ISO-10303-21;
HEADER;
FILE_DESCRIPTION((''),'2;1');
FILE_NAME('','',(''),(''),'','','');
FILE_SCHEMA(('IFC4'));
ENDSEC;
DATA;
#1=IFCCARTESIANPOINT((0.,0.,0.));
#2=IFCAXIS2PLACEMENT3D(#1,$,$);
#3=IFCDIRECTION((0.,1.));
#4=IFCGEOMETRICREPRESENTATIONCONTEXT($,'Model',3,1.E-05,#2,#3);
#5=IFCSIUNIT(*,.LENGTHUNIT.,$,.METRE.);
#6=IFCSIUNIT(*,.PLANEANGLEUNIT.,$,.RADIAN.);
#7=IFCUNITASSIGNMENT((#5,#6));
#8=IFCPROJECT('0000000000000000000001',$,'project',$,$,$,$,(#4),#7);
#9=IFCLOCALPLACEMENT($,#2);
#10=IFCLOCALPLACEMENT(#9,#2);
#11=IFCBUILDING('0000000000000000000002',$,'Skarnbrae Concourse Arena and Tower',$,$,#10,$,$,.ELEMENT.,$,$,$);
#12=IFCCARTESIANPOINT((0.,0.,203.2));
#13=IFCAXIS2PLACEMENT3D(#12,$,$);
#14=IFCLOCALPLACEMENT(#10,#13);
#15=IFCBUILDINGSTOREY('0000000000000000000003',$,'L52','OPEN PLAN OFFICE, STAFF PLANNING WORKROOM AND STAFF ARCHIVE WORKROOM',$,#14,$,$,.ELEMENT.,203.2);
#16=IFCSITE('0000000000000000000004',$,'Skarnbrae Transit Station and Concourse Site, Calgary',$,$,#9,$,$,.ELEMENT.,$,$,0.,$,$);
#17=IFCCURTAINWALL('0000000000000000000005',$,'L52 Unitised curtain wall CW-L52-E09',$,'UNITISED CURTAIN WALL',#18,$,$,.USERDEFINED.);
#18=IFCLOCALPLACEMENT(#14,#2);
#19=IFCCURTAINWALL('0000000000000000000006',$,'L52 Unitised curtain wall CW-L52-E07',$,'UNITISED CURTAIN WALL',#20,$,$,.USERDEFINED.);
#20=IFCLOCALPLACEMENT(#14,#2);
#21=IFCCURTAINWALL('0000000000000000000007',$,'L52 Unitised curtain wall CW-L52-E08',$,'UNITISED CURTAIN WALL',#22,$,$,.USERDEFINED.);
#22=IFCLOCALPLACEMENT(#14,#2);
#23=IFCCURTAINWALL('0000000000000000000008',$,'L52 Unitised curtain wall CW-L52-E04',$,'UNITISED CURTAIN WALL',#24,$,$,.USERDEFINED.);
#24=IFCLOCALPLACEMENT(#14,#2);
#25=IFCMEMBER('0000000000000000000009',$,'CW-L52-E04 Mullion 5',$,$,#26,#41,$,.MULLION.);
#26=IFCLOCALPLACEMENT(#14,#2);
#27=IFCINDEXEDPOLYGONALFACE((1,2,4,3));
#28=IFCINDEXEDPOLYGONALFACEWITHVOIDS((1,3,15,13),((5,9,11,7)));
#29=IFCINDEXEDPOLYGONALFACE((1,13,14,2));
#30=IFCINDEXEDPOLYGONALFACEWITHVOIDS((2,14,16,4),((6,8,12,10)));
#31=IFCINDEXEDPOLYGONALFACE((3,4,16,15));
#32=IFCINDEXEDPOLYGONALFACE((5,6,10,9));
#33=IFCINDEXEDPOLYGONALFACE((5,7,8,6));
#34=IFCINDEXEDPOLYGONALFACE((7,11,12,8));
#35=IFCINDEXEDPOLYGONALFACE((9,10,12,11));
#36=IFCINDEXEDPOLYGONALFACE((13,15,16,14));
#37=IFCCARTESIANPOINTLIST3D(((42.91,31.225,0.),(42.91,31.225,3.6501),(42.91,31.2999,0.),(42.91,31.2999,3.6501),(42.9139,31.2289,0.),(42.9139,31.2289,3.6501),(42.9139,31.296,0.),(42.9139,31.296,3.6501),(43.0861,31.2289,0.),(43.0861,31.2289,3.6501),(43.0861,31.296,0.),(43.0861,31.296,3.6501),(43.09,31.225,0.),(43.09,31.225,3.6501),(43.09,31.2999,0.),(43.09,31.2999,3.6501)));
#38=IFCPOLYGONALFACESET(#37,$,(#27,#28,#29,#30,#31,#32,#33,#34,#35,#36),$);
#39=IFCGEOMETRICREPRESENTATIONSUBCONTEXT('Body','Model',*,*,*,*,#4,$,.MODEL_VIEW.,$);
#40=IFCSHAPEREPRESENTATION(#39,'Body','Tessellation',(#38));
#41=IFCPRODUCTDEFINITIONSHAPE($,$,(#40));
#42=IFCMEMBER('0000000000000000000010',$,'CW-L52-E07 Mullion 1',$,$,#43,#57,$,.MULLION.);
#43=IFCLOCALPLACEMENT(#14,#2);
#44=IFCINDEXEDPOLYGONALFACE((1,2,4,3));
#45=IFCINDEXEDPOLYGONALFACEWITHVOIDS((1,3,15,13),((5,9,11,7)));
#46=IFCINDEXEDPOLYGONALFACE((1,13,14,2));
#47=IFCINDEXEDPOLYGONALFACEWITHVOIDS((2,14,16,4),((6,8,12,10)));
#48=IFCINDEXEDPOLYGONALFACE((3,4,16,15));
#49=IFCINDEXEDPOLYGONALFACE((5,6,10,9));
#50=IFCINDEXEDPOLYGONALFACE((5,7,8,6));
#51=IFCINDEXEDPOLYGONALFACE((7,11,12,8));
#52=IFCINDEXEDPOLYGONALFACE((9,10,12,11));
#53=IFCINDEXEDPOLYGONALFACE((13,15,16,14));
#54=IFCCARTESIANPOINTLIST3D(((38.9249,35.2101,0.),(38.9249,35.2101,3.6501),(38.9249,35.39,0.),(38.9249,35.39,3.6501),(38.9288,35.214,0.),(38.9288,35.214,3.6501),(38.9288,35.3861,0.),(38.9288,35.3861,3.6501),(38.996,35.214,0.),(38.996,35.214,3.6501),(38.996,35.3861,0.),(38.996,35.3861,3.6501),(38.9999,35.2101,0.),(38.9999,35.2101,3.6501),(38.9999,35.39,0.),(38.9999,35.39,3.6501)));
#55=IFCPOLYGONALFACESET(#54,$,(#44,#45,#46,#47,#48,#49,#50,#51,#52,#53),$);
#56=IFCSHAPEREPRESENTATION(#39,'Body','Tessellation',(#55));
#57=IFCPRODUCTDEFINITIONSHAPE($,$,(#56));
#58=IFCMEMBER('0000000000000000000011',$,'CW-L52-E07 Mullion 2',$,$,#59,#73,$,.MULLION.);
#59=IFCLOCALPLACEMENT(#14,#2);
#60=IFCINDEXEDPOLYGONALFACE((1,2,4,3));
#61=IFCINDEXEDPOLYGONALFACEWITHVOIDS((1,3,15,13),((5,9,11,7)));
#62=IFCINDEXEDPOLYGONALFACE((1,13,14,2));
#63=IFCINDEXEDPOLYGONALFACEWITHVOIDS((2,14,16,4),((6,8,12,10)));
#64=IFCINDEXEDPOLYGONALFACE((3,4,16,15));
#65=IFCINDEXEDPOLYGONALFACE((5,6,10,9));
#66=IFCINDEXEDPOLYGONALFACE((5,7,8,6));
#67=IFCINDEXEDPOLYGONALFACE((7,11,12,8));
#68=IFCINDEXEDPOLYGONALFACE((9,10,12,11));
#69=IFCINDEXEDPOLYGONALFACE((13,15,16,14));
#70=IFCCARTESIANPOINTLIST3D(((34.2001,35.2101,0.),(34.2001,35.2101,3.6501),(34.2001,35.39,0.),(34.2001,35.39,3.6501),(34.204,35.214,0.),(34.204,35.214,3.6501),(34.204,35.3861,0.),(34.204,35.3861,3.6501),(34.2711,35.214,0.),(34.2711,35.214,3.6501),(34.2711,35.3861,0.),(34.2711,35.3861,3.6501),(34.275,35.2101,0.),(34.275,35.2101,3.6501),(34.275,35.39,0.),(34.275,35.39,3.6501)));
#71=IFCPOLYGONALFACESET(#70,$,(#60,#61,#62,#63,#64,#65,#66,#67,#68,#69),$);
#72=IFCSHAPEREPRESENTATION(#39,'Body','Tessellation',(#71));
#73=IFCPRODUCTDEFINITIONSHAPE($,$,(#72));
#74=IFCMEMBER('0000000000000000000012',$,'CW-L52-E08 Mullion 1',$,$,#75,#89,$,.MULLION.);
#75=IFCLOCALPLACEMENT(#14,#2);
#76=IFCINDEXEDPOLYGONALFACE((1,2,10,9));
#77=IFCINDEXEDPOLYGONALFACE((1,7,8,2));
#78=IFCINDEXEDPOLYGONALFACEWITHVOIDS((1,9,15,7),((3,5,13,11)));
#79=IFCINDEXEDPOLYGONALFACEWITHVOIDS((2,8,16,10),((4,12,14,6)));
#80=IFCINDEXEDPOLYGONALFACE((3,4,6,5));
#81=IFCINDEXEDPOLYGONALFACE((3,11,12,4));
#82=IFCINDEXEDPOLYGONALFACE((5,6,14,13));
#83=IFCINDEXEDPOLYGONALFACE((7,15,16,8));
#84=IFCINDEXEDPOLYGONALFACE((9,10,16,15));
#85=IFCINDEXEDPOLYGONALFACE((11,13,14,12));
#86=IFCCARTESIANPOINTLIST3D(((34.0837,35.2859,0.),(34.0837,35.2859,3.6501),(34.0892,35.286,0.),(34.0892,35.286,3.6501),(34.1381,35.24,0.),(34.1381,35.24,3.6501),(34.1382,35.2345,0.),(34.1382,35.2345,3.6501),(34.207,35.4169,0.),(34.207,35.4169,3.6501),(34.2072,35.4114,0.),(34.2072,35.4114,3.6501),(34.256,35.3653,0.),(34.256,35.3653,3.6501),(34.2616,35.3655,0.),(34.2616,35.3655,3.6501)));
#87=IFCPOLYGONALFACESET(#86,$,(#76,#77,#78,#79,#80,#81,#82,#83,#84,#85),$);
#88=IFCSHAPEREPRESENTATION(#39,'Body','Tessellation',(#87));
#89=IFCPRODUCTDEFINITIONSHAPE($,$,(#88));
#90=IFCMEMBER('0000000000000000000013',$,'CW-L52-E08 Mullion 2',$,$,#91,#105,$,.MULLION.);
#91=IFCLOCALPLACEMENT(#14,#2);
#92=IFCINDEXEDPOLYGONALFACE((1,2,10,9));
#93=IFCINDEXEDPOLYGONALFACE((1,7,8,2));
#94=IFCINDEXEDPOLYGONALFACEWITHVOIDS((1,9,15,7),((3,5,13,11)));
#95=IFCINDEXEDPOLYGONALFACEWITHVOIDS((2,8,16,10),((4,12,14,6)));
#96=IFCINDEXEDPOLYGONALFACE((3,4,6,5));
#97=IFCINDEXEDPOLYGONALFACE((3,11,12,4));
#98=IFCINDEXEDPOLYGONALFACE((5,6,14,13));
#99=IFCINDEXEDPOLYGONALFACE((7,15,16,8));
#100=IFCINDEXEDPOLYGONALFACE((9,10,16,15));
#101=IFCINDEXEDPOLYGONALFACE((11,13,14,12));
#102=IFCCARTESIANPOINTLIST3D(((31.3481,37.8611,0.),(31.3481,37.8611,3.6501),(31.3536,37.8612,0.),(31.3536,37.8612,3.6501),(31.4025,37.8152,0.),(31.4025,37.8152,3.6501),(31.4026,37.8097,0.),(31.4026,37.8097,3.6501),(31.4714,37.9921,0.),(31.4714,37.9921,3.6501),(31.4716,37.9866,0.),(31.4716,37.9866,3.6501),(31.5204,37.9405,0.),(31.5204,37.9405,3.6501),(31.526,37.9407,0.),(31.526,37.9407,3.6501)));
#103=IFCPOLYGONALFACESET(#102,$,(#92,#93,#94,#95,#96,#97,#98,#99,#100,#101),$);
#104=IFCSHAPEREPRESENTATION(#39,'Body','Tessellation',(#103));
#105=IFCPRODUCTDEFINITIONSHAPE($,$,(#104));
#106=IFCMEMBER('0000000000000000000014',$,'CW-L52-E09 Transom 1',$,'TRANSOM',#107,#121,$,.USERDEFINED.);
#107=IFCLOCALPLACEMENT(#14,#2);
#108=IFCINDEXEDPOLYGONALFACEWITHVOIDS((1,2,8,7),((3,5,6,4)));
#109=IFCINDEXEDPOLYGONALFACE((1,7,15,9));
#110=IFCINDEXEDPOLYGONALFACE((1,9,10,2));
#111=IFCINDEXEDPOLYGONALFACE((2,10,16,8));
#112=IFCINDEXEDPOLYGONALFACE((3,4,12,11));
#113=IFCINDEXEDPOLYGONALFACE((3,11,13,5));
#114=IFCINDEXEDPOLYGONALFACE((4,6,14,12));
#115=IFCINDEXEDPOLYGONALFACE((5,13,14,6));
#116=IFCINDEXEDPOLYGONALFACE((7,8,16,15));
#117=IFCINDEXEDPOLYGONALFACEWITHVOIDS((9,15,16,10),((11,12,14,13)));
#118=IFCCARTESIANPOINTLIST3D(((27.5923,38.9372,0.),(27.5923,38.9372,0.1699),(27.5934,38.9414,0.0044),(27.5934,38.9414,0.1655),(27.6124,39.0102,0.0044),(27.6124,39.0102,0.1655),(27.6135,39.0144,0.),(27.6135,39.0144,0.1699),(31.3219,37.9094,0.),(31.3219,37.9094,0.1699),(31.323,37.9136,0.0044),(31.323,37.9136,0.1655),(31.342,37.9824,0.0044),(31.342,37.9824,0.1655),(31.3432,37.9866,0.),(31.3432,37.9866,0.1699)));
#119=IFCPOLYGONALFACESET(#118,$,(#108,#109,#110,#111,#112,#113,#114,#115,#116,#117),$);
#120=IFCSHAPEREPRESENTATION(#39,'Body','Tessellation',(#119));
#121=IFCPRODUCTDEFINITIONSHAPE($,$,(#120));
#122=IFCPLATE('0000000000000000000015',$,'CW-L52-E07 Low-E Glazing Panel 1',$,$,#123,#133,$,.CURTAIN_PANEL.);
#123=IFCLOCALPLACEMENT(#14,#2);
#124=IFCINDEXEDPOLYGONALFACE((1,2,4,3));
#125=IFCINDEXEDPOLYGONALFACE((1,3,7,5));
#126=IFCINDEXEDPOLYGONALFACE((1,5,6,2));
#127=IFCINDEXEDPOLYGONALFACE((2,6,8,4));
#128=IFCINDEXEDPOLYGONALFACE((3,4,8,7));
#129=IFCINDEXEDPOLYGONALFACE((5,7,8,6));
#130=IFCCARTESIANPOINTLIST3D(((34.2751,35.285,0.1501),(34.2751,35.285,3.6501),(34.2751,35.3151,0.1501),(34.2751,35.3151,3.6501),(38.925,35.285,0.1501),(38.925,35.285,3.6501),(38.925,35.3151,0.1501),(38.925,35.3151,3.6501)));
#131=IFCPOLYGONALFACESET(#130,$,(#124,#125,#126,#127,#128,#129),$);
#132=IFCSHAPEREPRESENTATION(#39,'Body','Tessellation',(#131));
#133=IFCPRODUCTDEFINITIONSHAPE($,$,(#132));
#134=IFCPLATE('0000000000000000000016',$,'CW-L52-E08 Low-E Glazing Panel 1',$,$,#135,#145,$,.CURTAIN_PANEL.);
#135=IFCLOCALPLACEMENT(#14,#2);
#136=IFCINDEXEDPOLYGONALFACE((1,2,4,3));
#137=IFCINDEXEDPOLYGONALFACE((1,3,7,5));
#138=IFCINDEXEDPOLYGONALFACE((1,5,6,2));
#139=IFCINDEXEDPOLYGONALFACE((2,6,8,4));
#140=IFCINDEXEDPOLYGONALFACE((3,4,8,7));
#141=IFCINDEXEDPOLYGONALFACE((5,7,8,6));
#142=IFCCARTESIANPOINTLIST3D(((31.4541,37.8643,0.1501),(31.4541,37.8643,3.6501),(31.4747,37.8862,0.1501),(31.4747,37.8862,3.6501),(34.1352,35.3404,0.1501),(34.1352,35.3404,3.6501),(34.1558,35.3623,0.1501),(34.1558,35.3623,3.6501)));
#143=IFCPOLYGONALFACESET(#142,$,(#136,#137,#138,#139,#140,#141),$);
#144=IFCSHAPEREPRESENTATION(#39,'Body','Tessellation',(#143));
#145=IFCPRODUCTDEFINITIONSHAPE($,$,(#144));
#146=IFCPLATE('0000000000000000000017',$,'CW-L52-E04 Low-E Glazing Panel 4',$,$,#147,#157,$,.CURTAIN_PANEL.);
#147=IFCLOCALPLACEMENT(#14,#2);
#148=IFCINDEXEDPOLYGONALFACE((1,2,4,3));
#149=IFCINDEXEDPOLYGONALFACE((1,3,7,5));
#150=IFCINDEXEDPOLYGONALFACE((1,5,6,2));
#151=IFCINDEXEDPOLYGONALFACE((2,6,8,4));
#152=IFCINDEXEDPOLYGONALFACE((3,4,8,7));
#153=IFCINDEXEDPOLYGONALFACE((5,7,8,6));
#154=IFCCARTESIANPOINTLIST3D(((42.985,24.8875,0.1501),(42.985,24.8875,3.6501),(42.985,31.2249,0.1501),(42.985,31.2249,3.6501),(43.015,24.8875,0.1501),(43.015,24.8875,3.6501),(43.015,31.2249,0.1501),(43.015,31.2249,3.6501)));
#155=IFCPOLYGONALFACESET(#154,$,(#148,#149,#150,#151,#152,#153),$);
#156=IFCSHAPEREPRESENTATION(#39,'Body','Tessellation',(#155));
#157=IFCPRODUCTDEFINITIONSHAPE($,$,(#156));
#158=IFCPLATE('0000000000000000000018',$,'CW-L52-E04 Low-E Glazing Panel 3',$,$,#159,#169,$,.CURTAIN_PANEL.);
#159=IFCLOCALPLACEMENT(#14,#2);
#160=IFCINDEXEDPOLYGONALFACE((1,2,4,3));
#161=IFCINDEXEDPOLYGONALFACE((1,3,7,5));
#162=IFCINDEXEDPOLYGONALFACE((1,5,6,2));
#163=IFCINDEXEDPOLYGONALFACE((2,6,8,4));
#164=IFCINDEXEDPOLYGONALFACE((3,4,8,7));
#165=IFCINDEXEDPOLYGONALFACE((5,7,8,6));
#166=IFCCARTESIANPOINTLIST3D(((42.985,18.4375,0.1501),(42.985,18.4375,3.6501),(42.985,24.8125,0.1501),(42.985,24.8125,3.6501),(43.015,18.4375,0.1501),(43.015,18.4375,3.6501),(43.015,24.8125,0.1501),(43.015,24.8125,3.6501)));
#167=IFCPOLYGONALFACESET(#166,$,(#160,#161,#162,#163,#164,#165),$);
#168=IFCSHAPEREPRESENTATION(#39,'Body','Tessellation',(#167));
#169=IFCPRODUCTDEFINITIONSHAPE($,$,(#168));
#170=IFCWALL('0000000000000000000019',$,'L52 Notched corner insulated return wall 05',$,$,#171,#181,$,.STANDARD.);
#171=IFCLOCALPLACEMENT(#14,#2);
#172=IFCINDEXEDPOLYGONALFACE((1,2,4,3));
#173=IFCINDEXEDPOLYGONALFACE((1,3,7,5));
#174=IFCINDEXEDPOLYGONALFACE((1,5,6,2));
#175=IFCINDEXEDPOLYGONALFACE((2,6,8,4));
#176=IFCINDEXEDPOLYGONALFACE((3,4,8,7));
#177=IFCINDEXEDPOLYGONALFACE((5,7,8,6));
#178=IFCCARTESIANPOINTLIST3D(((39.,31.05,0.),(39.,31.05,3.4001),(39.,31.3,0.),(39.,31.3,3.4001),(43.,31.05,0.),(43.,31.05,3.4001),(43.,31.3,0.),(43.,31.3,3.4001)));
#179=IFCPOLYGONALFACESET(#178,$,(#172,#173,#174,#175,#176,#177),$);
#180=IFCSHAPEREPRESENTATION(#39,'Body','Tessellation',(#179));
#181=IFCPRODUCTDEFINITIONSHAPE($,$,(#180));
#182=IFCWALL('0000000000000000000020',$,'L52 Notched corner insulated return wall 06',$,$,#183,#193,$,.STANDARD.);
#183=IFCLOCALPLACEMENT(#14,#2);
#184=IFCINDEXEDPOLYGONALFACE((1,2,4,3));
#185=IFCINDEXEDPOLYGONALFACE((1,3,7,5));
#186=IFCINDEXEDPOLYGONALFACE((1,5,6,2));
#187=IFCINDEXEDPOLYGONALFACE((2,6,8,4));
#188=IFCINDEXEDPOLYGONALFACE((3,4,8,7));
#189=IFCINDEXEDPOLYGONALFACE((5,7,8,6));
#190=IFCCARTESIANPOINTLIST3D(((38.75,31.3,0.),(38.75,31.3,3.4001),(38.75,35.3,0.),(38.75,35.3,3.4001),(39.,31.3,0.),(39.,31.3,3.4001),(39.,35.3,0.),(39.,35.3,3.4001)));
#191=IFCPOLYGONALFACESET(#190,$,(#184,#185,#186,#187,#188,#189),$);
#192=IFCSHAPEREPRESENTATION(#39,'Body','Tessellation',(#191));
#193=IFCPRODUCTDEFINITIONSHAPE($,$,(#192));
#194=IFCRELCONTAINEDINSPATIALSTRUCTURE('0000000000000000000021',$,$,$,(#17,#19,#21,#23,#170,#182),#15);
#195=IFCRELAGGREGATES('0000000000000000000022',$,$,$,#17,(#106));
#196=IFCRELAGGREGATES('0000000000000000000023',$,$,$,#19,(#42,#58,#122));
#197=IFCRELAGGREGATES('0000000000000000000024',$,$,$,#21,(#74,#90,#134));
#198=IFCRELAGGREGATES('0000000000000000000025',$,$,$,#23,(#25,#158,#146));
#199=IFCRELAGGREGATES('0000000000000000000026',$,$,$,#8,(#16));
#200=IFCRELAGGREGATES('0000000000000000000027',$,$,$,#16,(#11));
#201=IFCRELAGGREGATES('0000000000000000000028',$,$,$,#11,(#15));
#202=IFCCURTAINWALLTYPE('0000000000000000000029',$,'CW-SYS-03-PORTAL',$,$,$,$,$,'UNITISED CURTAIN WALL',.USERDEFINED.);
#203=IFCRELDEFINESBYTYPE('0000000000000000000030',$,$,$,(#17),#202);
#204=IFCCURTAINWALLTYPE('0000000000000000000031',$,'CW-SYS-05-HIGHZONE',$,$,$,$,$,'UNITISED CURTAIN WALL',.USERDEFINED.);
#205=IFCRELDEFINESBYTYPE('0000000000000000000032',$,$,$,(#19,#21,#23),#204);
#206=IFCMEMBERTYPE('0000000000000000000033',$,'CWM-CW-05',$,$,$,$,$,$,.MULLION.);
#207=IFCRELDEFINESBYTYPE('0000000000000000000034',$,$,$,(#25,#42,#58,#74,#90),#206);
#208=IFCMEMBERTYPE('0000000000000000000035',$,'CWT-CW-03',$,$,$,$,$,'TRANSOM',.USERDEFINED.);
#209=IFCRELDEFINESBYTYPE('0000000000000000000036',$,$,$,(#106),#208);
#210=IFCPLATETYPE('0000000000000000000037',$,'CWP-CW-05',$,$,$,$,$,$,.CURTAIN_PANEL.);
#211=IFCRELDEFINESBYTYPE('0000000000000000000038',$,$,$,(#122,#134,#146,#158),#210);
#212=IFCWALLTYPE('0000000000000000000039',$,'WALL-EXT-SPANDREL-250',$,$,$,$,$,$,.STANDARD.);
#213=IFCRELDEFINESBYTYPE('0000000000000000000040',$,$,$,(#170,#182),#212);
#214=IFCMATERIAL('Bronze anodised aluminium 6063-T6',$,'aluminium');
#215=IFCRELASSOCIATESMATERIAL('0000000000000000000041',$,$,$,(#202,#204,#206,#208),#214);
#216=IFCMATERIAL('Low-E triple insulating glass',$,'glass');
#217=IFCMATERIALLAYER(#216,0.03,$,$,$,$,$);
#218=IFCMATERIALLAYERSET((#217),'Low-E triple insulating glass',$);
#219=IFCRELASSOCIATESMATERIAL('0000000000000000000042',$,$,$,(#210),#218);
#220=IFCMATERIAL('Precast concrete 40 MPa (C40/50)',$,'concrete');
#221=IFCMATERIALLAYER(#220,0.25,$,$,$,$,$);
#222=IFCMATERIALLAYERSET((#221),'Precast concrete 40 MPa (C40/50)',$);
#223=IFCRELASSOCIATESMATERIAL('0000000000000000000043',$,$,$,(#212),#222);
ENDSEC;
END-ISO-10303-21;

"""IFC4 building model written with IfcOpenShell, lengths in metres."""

from ifc_helpers import new_model, si_unit, direction, frame, frame_2d, origin, origin_2d, place, context, subcontext, project, spatial, rectangle, hollow_rectangle, extrude, source, transform, mapped, material, layer, layer_set, material_profile, profile_set, type_object, element, aggregate, save


model = new_model("IFC4")

# Units and contexts
model_context = context("Model", 3, precision=1e-05, world=origin(), true_north=direction((0.0, 1.0)))
body_context = subcontext(model_context, "Body", "Model", "MODEL_VIEW")
ifc_project = project(units=[si_unit("LENGTHUNIT", "METRE"), si_unit("PLANEANGLEUNIT", "RADIAN")], contexts=[model_context])

# Site, building, storey
site_placement = place(None, origin())
site = spatial("IfcSite", under=ifc_project, at=site_placement, Name="Skarnbrae Transit Station and Concourse Site, Calgary", CompositionType="ELEMENT", RefElevation=0.0)
building_placement = place(site_placement, origin())
building = spatial("IfcBuilding", under=site, at=building_placement, Name="Skarnbrae Concourse Arena and Tower", CompositionType="ELEMENT")
storey_placement = place(building_placement, frame((0.0, 0.0, 203.2)))
storey = spatial("IfcBuildingStorey", under=building, at=storey_placement, Name="L52", Description="OPEN PLAN OFFICE, STAFF PLANNING WORKROOM AND STAFF ARCHIVE WORKROOM", CompositionType="ELEMENT", Elevation=203.2)

# Curtain walls
ifc_material_1 = material(Name="Bronze anodised aluminium 6063-T6", Category="aluminium")
curtain_wall_type_1 = type_object("IfcCurtainWallType", Name="CW-SYS-03-PORTAL", ElementType="UNITISED CURTAIN WALL", PredefinedType="USERDEFINED", material=ifc_material_1)
curtain_wall_1_placement = place(storey_placement, origin())
curtain_wall_1 = element("IfcCurtainWall", 1, at=curtain_wall_1_placement, inside=storey, type_object=curtain_wall_type_1, Name="L52 Unitised curtain wall CW-L52-E09", ObjectType="UNITISED CURTAIN WALL", PredefinedType="USERDEFINED")
curtain_wall_type_2 = type_object("IfcCurtainWallType", Name="CW-SYS-05-HIGHZONE", ElementType="UNITISED CURTAIN WALL", PredefinedType="USERDEFINED", material=ifc_material_1)
curtain_wall_2_placement = place(storey_placement, origin())
curtain_wall_2 = element("IfcCurtainWall", 2, at=curtain_wall_2_placement, inside=storey, type_object=curtain_wall_type_2, Name="L52 Unitised curtain wall CW-L52-E07", ObjectType="UNITISED CURTAIN WALL", PredefinedType="USERDEFINED")
curtain_wall_3_placement = place(storey_placement, origin())
curtain_wall_3 = element("IfcCurtainWall", 3, at=curtain_wall_3_placement, inside=storey, type_object=curtain_wall_type_2, Name="L52 Unitised curtain wall CW-L52-E08", ObjectType="UNITISED CURTAIN WALL", PredefinedType="USERDEFINED")

# Curtain wall, member
curtain_wall_4_placement = place(storey_placement, origin())
curtain_wall_4 = element("IfcCurtainWall", 4, at=curtain_wall_4_placement, inside=storey, type_object=curtain_wall_type_2, Name="L52 Unitised curtain wall CW-L52-E04", ObjectType="UNITISED CURTAIN WALL", PredefinedType="USERDEFINED")
ifc_material_profile_1 = material_profile(ifc_material_1, hollow_rectangle(XDim=0.075, YDim=0.1799, WallThickness=0.0039, at=origin_2d()), Name="ALU-MULL-75X180")
ifc_profile_set_1 = profile_set([ifc_material_profile_1], Name="Bronze anodised aluminium 6063-T6")
member_type_1 = type_object("IfcMemberType", Name="CWM-CW-05", PredefinedType="MULLION", material=ifc_profile_set_1)
shared_shape_1 = source(origin(), body_context, "Body", "SweptSolid", [
    extrude(hollow_rectangle(XDim=0.075, YDim=0.1799, WallThickness=0.0039, at=origin_2d()), origin(), (0.0, 0.0, 1.0), 3.6501),
])
member_1_placement = place(storey_placement, frame((43.0, 31.2625, 0.0), z_axis=(0.0, 0.0, 1.0), x_axis=(0.0, 1.0, 0.0)))
member_1 = element("IfcMember", 5, at=member_1_placement, type_object=member_type_1, Name="CW-L52-E04 Mullion 5", PredefinedType="MULLION", context=body_context, shape_type="MappedRepresentation", body=[
    mapped(shared_shape_1, transform((0.0, 0.0, 0.0))),
])

# Members
member_2_placement = place(storey_placement, frame((38.9624, 35.3, 0.0), z_axis=(0.0, 0.0, 1.0), x_axis=(-1.0, 0.0, 0.0)))
member_2 = element("IfcMember", 6, at=member_2_placement, type_object=member_type_1, Name="CW-L52-E07 Mullion 1", PredefinedType="MULLION", context=body_context, shape_type="MappedRepresentation", body=[
    mapped(shared_shape_1, transform((0.0, 0.0, 0.0))),
])
member_3_placement = place(storey_placement, frame((34.2375, 35.3, 0.0), z_axis=(0.0, 0.0, 1.0), x_axis=(-1.0, 0.0, 0.0)))
member_3 = element("IfcMember", 7, at=member_3_placement, type_object=member_type_1, Name="CW-L52-E07 Mullion 2", PredefinedType="MULLION", context=body_context, shape_type="MappedRepresentation", body=[
    mapped(shared_shape_1, transform((0.0, 0.0, 0.0))),
])
member_4_placement = place(storey_placement, frame((34.1726, 35.3257, 0.0), z_axis=(0.0, 0.0, 1.0), x_axis=(-0.728131, 0.685438, 0.0)))
member_4 = element("IfcMember", 8, at=member_4_placement, type_object=member_type_1, Name="CW-L52-E08 Mullion 1", PredefinedType="MULLION", context=body_context, shape_type="MappedRepresentation", body=[
    mapped(shared_shape_1, transform((0.0, 0.0, 0.0))),
])
member_5_placement = place(storey_placement, frame((31.437, 37.9009, 0.0), z_axis=(0.0, 0.0, 1.0), x_axis=(-0.728131, 0.685438, 0.0)))
member_5 = element("IfcMember", 9, at=member_5_placement, type_object=member_type_1, Name="CW-L52-E08 Mullion 2", PredefinedType="MULLION", context=body_context, shape_type="MappedRepresentation", body=[
    mapped(shared_shape_1, transform((0.0, 0.0, 0.0))),
])
ifc_material_profile_2 = material_profile(ifc_material_1, hollow_rectangle(XDim=0.0801, YDim=0.1699, WallThickness=0.0044, at=origin_2d()), Name="ALU-TRAN-80X170")
ifc_profile_set_2 = profile_set([ifc_material_profile_2], Name="Bronze anodised aluminium 6063-T6")
member_type_2 = type_object("IfcMemberType", Name="CWT-CW-03", ElementType="TRANSOM", PredefinedType="USERDEFINED", material=ifc_profile_set_2)
shared_shape_2 = source(origin(), body_context, "Body", "SweptSolid", [
    extrude(hollow_rectangle(XDim=0.0801, YDim=0.1699, WallThickness=0.0044, at=origin_2d()), origin(), (0.0, 0.0, 1.0), 3.8687),
])
member_6_placement = place(storey_placement, frame((31.3325, 37.948, 0.085), z_axis=(-0.964063, 0.265674, 0.0), x_axis=(-0.265674, -0.964063, 0.0)))
member_6 = element("IfcMember", 10, at=member_6_placement, type_object=member_type_2, Name="CW-L52-E09 Transom 1", ObjectType="TRANSOM", PredefinedType="USERDEFINED", context=body_context, shape_type="MappedRepresentation", body=[
    mapped(shared_shape_2, transform((0.0, 0.0, 0.0))),
])
aggregate(curtain_wall_1, [member_6])

# Plates
ifc_material_2 = material(Name="Low-E triple insulating glass", Category="glass")
ifc_layer_1 = layer(ifc_material_2, 0.03)
ifc_layer_set_1 = layer_set([ifc_layer_1], Name="Low-E triple insulating glass")
plate_type = type_object("IfcPlateType", Name="CWP-CW-05", PredefinedType="CURTAIN_PANEL", material=ifc_layer_set_1)
shared_shape_3 = source(origin(), body_context, "Body", "SweptSolid", [
    extrude(rectangle(XDim=4.6499, YDim=0.03, at=origin_2d()), origin(), (0.0, 0.0, 1.0), 3.5),
])
plate_1_placement = place(storey_placement, frame((36.6001, 35.3, 0.1501), z_axis=(0.0, 0.0, 1.0), x_axis=(-1.0, 0.0, 0.0)))
plate_1 = element("IfcPlate", 11, at=plate_1_placement, type_object=plate_type, Name="CW-L52-E07 Low-E Glazing Panel 1", PredefinedType="CURTAIN_PANEL", context=body_context, shape_type="MappedRepresentation", body=[
    mapped(shared_shape_3, transform((0.0, 0.0, 0.0))),
])
aggregate(curtain_wall_2, [member_2, member_3, plate_1])
shared_shape_4 = source(origin(), body_context, "Body", "SweptSolid", [
    extrude(rectangle(XDim=3.6821, YDim=0.03, at=origin_2d()), origin(), (0.0, 0.0, 1.0), 3.5),
])
plate_2_placement = place(storey_placement, frame((32.8049, 36.6133, 0.1501), z_axis=(0.0, 0.0, 1.0), x_axis=(-0.728131, 0.685438, 0.0)))
plate_2 = element("IfcPlate", 12, at=plate_2_placement, type_object=plate_type, Name="CW-L52-E08 Low-E Glazing Panel 1", PredefinedType="CURTAIN_PANEL", context=body_context, shape_type="MappedRepresentation", body=[
    mapped(shared_shape_4, transform((0.0, 0.0, 0.0))),
])
aggregate(curtain_wall_3, [member_4, member_5, plate_2])
shared_shape_5 = source(origin(), body_context, "Body", "SweptSolid", [
    extrude(rectangle(XDim=6.3374, YDim=0.03, at=origin_2d()), origin(), (0.0, 0.0, 1.0), 3.5),
])
plate_3_placement = place(storey_placement, frame((43.0, 28.0562, 0.1501), z_axis=(0.0, 0.0, 1.0), x_axis=(0.0, 1.0, 0.0)))
plate_3 = element("IfcPlate", 13, at=plate_3_placement, type_object=plate_type, Name="CW-L52-E04 Low-E Glazing Panel 4", PredefinedType="CURTAIN_PANEL", context=body_context, shape_type="MappedRepresentation", body=[
    mapped(shared_shape_5, transform((0.0, 0.0, 0.0))),
])
shared_shape_6 = source(origin(), body_context, "Body", "SweptSolid", [
    extrude(rectangle(XDim=6.375, YDim=0.03, at=origin_2d()), origin(), (0.0, 0.0, 1.0), 3.5),
])
plate_4_placement = place(storey_placement, frame((43.0, 21.625, 0.1501), z_axis=(0.0, 0.0, 1.0), x_axis=(0.0, 1.0, 0.0)))
plate_4 = element("IfcPlate", 14, at=plate_4_placement, type_object=plate_type, Name="CW-L52-E04 Low-E Glazing Panel 3", PredefinedType="CURTAIN_PANEL", context=body_context, shape_type="MappedRepresentation", body=[
    mapped(shared_shape_6, transform((0.0, 0.0, 0.0))),
])
aggregate(curtain_wall_4, [member_1, plate_4, plate_3])

# Walls
ifc_material_3 = material(Name="Precast concrete 40 MPa (C40/50)", Category="concrete")
ifc_layer_2 = layer(ifc_material_3, 0.25)
ifc_layer_set_2 = layer_set([ifc_layer_2], Name="Precast concrete 40 MPa (C40/50)")
wall_type_1 = type_object("IfcWallType", Name="WALL-EXT-SPANDREL-250", PredefinedType="STANDARD", material=ifc_layer_set_2)
shared_shape_7 = source(origin(), body_context, "Body", "SweptSolid", [
    extrude(rectangle(XDim=4.0, YDim=0.25, at=frame_2d((2.0, 0.0))), origin(), (0.0, 0.0, 1.0), 3.4001),
])
for number, where, z_axis, x_axis, name in (
    (15, (43.0, 31.175, 0.0), (0.0, 0.0, 1.0), (-1.0, 0.0, 0.0), "L52 Notched corner insulated return wall 05"),
    (16, (38.875, 31.3, 0.0), (0.0, 0.0, 1.0), (0.0, 1.0, 0.0), "L52 Notched corner insulated return wall 06"),
):
    element("IfcWall", number, at=place(storey_placement, frame(where, z_axis=z_axis, x_axis=x_axis)), inside=storey, type_object=wall_type_1, Name=name, PredefinedType="STANDARD", context=body_context, shape_type="MappedRepresentation", body=[
        mapped(shared_shape_7, transform((0.0, 0.0, 0.0))),
    ])

save(model, "model.ifc")
